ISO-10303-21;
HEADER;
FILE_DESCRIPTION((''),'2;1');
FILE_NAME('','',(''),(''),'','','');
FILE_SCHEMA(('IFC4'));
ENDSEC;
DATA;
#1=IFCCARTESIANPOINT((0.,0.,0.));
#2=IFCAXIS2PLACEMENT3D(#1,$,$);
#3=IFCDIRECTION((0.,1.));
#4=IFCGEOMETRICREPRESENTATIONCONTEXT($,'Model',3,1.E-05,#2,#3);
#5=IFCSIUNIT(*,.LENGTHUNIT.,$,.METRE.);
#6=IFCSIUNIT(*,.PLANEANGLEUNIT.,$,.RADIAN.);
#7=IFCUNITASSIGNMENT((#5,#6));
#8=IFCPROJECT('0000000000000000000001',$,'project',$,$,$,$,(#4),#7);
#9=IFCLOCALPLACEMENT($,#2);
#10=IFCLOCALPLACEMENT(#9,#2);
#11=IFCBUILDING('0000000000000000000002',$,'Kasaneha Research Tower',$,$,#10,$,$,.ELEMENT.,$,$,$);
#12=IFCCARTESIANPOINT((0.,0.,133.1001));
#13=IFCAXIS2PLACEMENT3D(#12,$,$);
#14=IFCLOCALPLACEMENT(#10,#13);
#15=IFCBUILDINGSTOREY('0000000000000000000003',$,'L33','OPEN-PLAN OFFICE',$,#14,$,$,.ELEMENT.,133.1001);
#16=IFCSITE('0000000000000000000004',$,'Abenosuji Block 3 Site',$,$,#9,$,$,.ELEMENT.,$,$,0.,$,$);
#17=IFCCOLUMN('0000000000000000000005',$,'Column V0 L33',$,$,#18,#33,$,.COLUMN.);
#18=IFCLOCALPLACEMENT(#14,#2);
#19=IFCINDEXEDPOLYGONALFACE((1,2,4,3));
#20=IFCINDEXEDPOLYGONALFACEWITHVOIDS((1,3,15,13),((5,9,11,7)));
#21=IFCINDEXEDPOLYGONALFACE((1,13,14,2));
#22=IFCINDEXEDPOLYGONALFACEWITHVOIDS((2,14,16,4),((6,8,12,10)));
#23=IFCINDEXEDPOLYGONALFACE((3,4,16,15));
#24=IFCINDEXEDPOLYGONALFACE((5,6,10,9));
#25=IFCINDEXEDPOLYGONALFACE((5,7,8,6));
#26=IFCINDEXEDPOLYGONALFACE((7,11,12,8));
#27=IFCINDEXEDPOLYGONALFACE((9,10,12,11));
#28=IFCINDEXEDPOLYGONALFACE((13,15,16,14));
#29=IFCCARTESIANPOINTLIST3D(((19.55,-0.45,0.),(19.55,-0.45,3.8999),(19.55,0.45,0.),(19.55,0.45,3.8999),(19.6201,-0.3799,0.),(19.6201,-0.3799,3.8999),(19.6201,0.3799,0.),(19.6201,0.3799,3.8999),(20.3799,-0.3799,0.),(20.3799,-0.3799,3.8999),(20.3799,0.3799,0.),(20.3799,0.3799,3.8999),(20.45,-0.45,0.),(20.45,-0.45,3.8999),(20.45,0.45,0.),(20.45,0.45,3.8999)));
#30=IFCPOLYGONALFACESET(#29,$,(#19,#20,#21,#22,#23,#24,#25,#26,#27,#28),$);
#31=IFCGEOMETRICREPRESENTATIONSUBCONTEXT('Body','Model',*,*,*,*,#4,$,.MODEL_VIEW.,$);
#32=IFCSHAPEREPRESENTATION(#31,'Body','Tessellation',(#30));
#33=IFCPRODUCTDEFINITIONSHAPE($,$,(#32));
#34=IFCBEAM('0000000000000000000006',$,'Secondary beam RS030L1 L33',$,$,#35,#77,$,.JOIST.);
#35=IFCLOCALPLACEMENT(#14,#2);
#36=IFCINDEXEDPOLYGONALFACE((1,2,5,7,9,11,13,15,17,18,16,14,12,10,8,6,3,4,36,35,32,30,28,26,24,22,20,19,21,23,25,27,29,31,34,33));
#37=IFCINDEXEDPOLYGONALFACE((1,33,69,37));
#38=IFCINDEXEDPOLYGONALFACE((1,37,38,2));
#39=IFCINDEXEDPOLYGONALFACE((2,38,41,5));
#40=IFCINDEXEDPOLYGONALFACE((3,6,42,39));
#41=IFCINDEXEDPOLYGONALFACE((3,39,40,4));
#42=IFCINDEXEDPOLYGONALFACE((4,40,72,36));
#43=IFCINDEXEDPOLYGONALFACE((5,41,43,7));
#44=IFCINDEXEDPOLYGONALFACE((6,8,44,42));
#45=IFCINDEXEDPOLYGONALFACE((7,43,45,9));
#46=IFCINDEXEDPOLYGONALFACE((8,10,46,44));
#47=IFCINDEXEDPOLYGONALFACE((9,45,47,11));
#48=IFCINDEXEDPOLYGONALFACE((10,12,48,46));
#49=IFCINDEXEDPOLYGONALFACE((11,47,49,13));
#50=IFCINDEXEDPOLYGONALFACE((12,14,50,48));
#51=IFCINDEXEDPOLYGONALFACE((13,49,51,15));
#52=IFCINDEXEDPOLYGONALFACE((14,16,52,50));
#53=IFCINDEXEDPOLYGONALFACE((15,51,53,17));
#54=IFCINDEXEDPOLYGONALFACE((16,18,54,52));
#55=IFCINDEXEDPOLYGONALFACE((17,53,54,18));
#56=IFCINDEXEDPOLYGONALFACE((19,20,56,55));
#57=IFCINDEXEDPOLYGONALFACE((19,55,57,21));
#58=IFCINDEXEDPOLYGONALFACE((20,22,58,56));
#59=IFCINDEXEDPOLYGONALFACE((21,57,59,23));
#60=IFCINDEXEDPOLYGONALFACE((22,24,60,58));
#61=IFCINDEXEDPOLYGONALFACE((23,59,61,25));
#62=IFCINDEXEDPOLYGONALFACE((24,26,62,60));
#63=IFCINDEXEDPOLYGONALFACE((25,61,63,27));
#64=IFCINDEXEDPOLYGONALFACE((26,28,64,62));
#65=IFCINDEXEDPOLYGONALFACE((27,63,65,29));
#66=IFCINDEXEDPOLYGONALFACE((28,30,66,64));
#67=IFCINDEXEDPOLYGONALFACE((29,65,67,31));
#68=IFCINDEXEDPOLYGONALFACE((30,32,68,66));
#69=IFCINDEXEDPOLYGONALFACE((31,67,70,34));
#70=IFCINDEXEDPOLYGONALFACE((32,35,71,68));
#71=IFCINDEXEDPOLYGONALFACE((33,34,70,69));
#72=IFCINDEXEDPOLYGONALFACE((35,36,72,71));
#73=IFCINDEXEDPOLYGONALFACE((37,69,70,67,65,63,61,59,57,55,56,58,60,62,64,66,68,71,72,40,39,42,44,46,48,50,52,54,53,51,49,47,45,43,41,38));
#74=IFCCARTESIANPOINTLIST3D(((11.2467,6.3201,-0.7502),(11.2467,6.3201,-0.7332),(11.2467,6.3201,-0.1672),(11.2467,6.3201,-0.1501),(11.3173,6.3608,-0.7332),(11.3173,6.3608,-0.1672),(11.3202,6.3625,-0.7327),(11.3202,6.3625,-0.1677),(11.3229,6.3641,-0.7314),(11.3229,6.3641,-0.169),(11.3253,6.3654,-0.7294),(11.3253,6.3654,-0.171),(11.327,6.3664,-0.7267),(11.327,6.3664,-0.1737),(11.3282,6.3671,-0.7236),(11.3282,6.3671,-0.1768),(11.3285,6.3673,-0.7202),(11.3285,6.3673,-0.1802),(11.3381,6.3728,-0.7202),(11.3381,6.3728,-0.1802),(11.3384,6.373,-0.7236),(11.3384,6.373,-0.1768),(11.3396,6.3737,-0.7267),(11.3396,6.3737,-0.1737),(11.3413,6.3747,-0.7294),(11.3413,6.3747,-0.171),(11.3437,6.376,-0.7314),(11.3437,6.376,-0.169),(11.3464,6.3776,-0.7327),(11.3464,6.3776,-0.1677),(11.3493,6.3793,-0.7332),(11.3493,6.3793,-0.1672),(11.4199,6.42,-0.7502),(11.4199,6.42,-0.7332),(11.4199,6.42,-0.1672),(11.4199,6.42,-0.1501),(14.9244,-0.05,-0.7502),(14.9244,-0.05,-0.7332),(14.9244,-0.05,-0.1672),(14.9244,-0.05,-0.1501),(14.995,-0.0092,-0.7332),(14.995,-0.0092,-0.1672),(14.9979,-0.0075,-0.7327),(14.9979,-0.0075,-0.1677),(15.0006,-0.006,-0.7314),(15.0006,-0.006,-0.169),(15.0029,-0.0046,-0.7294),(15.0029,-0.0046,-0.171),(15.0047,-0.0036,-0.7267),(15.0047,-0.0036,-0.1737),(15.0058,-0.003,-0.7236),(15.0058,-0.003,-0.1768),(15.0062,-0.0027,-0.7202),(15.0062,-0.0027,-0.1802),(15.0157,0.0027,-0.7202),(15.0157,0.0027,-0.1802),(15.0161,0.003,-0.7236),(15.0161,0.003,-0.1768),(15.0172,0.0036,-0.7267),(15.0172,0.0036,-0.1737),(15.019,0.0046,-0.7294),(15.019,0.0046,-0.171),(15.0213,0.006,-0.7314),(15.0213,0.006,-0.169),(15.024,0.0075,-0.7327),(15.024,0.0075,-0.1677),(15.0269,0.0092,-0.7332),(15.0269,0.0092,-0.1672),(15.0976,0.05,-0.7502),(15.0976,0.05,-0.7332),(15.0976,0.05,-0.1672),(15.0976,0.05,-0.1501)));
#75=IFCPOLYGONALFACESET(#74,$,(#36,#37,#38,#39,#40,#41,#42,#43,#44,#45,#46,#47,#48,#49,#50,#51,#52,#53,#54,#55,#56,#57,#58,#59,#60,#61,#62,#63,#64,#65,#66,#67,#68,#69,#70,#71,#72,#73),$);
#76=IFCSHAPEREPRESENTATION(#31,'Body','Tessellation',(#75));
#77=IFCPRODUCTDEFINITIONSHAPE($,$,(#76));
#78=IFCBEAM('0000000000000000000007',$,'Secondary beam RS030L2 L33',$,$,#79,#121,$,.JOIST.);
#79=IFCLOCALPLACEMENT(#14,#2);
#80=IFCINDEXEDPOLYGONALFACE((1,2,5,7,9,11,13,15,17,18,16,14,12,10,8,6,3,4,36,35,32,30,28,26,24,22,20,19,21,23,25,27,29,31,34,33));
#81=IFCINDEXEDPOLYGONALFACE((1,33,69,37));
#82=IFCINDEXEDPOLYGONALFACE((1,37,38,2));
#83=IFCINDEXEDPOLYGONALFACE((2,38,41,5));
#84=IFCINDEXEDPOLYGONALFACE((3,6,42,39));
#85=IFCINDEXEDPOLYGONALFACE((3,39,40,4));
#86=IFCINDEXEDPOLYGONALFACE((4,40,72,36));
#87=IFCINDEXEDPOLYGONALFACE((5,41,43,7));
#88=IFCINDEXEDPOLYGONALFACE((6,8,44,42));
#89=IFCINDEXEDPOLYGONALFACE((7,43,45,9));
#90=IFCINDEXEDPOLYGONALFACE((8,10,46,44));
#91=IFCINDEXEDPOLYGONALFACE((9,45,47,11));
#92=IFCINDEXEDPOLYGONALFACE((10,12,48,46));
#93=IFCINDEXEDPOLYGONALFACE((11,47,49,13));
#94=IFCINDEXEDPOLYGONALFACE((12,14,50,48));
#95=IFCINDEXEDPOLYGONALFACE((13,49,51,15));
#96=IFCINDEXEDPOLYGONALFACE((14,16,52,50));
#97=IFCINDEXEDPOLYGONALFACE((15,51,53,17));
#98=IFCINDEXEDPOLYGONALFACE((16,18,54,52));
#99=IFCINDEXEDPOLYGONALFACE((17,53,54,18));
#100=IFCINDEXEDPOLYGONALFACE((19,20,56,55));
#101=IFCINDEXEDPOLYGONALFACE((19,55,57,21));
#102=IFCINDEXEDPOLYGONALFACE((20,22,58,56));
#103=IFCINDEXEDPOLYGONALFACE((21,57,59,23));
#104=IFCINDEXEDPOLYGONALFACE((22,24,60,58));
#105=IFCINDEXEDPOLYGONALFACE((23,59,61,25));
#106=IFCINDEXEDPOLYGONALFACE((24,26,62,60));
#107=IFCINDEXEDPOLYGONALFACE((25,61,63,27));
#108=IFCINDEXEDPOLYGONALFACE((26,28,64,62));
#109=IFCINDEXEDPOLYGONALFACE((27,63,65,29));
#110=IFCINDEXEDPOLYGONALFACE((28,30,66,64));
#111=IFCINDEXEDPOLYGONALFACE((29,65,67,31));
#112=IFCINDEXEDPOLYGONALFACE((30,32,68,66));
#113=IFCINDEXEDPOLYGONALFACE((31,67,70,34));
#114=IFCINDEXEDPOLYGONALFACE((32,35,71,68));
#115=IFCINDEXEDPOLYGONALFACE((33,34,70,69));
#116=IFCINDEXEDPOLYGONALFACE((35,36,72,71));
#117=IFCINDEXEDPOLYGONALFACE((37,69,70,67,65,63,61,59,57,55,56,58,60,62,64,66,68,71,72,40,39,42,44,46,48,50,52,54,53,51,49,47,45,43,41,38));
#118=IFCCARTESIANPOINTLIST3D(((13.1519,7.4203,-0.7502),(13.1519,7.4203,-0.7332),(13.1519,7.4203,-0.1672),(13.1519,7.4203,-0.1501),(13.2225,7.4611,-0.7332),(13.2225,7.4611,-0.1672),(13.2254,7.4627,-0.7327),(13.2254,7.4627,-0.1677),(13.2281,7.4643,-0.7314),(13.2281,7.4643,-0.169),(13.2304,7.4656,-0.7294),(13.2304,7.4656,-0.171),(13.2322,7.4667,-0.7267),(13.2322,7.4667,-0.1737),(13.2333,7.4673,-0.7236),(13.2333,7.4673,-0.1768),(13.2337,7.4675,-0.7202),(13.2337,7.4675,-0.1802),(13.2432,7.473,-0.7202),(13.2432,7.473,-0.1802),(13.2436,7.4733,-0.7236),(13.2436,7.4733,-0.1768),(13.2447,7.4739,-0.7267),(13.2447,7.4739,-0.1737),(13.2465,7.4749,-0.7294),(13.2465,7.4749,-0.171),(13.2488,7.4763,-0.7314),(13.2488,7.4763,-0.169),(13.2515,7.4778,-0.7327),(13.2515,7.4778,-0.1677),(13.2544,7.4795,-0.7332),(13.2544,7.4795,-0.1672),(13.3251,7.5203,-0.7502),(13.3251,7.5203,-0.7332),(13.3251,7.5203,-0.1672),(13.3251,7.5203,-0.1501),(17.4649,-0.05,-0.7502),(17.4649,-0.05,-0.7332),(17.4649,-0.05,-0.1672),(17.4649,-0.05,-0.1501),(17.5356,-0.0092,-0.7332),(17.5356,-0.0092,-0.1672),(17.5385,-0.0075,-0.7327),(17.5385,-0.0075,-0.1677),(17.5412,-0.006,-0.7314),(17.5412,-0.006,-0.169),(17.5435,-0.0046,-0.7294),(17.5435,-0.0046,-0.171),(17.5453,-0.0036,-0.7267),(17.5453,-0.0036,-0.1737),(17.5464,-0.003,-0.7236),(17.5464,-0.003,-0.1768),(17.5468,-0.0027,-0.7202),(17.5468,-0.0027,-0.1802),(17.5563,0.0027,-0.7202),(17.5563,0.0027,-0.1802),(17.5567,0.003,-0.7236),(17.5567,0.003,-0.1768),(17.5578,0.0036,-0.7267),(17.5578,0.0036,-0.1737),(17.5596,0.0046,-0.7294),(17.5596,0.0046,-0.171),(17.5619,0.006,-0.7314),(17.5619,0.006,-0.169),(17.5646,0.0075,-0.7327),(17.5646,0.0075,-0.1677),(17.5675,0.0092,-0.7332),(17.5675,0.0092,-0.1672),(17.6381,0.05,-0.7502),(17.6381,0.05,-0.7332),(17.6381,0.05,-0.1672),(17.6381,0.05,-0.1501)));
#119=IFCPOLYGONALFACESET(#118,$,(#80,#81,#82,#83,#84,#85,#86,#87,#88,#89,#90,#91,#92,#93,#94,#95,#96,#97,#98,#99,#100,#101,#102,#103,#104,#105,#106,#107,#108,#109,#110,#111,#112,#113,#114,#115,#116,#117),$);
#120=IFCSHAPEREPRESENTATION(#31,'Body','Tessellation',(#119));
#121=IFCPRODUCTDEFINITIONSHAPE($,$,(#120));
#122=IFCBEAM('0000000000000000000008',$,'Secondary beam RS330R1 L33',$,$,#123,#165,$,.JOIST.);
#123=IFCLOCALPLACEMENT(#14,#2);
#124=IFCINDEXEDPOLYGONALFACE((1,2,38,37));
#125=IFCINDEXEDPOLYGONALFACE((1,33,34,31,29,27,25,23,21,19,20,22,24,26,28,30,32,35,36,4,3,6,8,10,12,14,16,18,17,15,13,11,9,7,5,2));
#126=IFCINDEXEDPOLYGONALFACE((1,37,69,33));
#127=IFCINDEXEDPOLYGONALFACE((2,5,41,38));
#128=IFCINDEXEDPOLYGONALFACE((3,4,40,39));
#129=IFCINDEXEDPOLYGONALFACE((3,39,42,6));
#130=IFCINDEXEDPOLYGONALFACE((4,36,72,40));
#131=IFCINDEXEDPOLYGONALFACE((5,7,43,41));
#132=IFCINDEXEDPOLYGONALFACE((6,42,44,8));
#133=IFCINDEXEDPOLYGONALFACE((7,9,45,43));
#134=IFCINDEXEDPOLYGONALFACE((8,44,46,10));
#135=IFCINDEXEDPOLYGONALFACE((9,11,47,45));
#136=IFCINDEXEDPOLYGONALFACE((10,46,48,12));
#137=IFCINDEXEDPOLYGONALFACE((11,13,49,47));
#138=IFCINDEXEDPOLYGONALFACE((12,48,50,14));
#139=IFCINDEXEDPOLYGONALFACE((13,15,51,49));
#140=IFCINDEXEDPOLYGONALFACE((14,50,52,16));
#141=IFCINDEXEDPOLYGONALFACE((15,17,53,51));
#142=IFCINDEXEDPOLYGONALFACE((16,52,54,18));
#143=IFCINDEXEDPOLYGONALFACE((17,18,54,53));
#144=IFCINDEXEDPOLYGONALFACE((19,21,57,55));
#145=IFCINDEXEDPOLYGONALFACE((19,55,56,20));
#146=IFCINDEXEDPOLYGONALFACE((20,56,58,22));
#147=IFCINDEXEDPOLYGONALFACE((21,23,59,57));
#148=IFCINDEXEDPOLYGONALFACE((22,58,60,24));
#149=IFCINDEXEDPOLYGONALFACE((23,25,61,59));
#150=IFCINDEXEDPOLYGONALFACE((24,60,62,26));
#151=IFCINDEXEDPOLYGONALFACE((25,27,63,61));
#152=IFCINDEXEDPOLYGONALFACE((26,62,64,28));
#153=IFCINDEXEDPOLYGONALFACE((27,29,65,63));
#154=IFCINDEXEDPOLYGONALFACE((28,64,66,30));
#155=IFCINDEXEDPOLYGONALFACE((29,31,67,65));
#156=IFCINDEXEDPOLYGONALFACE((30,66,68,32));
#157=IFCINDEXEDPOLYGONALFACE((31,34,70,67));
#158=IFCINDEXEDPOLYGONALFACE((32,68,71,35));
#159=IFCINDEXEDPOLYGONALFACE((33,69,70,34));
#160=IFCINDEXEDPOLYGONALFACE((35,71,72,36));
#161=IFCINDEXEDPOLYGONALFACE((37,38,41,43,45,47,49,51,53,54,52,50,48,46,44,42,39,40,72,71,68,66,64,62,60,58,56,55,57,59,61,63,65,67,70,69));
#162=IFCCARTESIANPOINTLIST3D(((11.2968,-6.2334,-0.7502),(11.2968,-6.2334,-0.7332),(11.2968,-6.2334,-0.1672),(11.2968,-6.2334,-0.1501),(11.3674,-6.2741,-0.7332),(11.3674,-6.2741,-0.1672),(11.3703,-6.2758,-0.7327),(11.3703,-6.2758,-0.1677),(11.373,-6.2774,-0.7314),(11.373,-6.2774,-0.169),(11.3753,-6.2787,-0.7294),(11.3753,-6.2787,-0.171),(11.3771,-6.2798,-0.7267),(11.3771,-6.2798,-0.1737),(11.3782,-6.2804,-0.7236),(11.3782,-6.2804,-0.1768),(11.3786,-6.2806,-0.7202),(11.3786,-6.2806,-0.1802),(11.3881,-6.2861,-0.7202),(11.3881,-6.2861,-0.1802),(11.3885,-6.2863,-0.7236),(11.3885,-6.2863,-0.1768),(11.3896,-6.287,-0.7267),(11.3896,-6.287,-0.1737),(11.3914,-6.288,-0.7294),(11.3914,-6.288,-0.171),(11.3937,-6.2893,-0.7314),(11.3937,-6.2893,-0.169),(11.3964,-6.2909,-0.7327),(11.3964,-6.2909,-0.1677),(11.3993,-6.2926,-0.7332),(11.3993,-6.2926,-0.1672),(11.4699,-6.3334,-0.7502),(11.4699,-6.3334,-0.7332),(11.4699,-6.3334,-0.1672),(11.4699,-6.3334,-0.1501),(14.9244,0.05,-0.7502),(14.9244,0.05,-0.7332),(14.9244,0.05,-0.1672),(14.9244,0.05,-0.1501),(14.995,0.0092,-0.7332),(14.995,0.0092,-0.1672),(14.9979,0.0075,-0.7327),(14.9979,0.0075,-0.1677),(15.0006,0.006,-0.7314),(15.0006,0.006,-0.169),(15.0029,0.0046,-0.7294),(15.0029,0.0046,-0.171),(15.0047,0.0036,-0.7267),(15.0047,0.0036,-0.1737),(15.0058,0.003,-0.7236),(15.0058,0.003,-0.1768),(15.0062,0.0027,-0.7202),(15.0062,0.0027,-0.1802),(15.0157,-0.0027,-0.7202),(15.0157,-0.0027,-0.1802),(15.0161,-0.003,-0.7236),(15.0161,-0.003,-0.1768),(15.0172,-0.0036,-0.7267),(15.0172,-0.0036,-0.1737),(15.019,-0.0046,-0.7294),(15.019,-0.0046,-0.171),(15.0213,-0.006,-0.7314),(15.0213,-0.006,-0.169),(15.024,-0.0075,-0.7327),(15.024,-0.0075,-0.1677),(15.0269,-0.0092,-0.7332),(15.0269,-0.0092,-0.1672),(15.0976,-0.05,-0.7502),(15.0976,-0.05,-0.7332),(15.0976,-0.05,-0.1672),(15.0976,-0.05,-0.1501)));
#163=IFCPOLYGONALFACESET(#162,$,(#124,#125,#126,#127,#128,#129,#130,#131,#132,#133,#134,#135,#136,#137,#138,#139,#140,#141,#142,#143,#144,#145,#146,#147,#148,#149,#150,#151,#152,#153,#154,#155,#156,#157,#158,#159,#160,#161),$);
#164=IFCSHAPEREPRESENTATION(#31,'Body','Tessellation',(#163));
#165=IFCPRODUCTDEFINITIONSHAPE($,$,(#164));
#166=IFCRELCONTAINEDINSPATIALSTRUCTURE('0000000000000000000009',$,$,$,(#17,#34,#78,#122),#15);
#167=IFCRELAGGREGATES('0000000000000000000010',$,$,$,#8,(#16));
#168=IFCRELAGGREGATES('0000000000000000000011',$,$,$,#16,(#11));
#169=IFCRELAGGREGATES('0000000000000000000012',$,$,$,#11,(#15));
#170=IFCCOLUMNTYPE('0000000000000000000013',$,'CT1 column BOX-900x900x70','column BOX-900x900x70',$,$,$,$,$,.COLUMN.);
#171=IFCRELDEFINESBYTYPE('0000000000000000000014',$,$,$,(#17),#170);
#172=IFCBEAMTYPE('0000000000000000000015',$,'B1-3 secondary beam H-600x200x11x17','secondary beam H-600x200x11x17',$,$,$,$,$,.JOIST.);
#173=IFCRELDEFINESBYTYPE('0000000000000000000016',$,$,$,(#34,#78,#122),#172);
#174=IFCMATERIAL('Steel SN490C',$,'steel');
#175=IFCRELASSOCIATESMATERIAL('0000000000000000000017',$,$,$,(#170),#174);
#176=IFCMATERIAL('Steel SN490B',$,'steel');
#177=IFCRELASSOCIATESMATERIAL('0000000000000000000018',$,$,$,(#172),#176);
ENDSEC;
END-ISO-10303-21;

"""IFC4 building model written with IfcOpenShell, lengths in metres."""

from ifc_helpers import new_model, si_unit, direction, frame, origin, origin_2d, place, context, subcontext, project, spatial, hollow_rectangle, i_section, extrude, material, material_profile, profile_set, type_object, element, save


model = new_model("IFC4")

# Units and contexts
model_context = context("Model", 3, precision=1e-05, world=origin(), true_north=direction((0.0, 1.0)))
body_context = subcontext(model_context, "Body", "Model", "MODEL_VIEW")
ifc_project = project(units=[si_unit("LENGTHUNIT", "METRE"), si_unit("PLANEANGLEUNIT", "RADIAN")], contexts=[model_context])

# Site, building, storey
site_placement = place(None, origin())
site = spatial("IfcSite", under=ifc_project, at=site_placement, Name="Abenosuji Block 3 Site", CompositionType="ELEMENT", RefElevation=0.0)
building_placement = place(site_placement, origin())
building = spatial("IfcBuilding", under=site, at=building_placement, Name="Kasaneha Research Tower", CompositionType="ELEMENT")
storey_placement = place(building_placement, frame((0.0, 0.0, 133.1001)))
storey = spatial("IfcBuildingStorey", under=building, at=storey_placement, Name="L33", Description="OPEN-PLAN OFFICE", CompositionType="ELEMENT", Elevation=133.1001)

# Column
ifc_material_1 = material(Name="Steel SN490C", Category="steel")
ifc_material_profile_1 = material_profile(ifc_material_1, hollow_rectangle(XDim=0.8999, YDim=0.8999, WallThickness=0.0701, at=origin_2d()), Name="BOX-900x900x70")
ifc_profile_set_1 = profile_set([ifc_material_profile_1], Name="Steel SN490C")
column_type = type_object("IfcColumnType", Name="CT1 column BOX-900x900x70", Description="column BOX-900x900x70", PredefinedType="COLUMN", material=ifc_profile_set_1)
column_placement = place(storey_placement, frame((20.0, 0.0, 0.0), z_axis=(0.0, 0.0, 1.0), x_axis=(1.0, 0.0, 0.0)))
element("IfcColumn", 1, at=column_placement, inside=storey, type_object=column_type, Name="Column V0 L33", PredefinedType="COLUMN", context=body_context, shape_type="SweptSolid", body=[
    extrude(hollow_rectangle(XDim=0.8999, YDim=0.8999, WallThickness=0.0701, at=origin_2d()), origin(), (0.0, 0.0, 1.0), 3.8999),
])

# Beams
ifc_material_2 = material(Name="Steel SN490B", Category="steel")
ifc_material_profile_2 = material_profile(ifc_material_2, i_section(OverallWidth=0.2, OverallDepth=0.6001, WebThickness=0.011, FlangeThickness=0.0171, FilletRadius=0.0129, at=origin_2d()), Name="H-600x200x11x17")
ifc_profile_set_2 = profile_set([ifc_material_profile_2], Name="Steel SN490B")
beam_type_1 = type_object("IfcBeamType", Name="B1-3 secondary beam H-600x200x11x17", Description="secondary beam H-600x200x11x17", PredefinedType="JOIST", material=ifc_profile_set_2)
beam_1_placement = place(storey_placement, frame((15.011, 0.0, -0.4502), z_axis=(-0.499994, 0.866029, 0.0), x_axis=(-0.866029, -0.499994, 0.0)))
element("IfcBeam", 2, at=beam_1_placement, inside=storey, type_object=beam_type_1, Name="Secondary beam RS030L1 L33", PredefinedType="JOIST", context=body_context, shape_type="SweptSolid", body=[
    extrude(i_section(OverallWidth=0.2, OverallDepth=0.6001, WebThickness=0.011, FlangeThickness=0.0171, FilletRadius=0.0129, at=origin_2d()), origin(), (0.0, 0.0, 1.0), 7.3555),
])
beam_2_placement = place(storey_placement, frame((17.5515, 0.0, -0.4502), z_axis=(-0.500005, 0.866023, 0.0), x_axis=(-0.866023, -0.500005, 0.0)))
element("IfcBeam", 3, at=beam_2_placement, inside=storey, type_object=beam_type_1, Name="Secondary beam RS030L2 L33", PredefinedType="JOIST", context=body_context, shape_type="SweptSolid", body=[
    extrude(i_section(OverallWidth=0.2, OverallDepth=0.6001, WebThickness=0.011, FlangeThickness=0.0171, FilletRadius=0.0129, at=origin_2d()), origin(), (0.0, 0.0, 1.0), 8.626),
])
beam_3_placement = place(storey_placement, frame((15.011, 0.0, -0.4502), z_axis=(-0.499993, -0.866029, 0.0), x_axis=(0.866029, -0.499993, 0.0)))
element("IfcBeam", 4, at=beam_3_placement, inside=storey, type_object=beam_type_1, Name="Secondary beam RS330R1 L33", PredefinedType="JOIST", context=body_context, shape_type="SweptSolid", body=[
    extrude(i_section(OverallWidth=0.2, OverallDepth=0.6001, WebThickness=0.011, FlangeThickness=0.0171, FilletRadius=0.0129, at=origin_2d()), origin(), (0.0, 0.0, 1.0), 7.2554),
])

save(model, "model.ifc")
